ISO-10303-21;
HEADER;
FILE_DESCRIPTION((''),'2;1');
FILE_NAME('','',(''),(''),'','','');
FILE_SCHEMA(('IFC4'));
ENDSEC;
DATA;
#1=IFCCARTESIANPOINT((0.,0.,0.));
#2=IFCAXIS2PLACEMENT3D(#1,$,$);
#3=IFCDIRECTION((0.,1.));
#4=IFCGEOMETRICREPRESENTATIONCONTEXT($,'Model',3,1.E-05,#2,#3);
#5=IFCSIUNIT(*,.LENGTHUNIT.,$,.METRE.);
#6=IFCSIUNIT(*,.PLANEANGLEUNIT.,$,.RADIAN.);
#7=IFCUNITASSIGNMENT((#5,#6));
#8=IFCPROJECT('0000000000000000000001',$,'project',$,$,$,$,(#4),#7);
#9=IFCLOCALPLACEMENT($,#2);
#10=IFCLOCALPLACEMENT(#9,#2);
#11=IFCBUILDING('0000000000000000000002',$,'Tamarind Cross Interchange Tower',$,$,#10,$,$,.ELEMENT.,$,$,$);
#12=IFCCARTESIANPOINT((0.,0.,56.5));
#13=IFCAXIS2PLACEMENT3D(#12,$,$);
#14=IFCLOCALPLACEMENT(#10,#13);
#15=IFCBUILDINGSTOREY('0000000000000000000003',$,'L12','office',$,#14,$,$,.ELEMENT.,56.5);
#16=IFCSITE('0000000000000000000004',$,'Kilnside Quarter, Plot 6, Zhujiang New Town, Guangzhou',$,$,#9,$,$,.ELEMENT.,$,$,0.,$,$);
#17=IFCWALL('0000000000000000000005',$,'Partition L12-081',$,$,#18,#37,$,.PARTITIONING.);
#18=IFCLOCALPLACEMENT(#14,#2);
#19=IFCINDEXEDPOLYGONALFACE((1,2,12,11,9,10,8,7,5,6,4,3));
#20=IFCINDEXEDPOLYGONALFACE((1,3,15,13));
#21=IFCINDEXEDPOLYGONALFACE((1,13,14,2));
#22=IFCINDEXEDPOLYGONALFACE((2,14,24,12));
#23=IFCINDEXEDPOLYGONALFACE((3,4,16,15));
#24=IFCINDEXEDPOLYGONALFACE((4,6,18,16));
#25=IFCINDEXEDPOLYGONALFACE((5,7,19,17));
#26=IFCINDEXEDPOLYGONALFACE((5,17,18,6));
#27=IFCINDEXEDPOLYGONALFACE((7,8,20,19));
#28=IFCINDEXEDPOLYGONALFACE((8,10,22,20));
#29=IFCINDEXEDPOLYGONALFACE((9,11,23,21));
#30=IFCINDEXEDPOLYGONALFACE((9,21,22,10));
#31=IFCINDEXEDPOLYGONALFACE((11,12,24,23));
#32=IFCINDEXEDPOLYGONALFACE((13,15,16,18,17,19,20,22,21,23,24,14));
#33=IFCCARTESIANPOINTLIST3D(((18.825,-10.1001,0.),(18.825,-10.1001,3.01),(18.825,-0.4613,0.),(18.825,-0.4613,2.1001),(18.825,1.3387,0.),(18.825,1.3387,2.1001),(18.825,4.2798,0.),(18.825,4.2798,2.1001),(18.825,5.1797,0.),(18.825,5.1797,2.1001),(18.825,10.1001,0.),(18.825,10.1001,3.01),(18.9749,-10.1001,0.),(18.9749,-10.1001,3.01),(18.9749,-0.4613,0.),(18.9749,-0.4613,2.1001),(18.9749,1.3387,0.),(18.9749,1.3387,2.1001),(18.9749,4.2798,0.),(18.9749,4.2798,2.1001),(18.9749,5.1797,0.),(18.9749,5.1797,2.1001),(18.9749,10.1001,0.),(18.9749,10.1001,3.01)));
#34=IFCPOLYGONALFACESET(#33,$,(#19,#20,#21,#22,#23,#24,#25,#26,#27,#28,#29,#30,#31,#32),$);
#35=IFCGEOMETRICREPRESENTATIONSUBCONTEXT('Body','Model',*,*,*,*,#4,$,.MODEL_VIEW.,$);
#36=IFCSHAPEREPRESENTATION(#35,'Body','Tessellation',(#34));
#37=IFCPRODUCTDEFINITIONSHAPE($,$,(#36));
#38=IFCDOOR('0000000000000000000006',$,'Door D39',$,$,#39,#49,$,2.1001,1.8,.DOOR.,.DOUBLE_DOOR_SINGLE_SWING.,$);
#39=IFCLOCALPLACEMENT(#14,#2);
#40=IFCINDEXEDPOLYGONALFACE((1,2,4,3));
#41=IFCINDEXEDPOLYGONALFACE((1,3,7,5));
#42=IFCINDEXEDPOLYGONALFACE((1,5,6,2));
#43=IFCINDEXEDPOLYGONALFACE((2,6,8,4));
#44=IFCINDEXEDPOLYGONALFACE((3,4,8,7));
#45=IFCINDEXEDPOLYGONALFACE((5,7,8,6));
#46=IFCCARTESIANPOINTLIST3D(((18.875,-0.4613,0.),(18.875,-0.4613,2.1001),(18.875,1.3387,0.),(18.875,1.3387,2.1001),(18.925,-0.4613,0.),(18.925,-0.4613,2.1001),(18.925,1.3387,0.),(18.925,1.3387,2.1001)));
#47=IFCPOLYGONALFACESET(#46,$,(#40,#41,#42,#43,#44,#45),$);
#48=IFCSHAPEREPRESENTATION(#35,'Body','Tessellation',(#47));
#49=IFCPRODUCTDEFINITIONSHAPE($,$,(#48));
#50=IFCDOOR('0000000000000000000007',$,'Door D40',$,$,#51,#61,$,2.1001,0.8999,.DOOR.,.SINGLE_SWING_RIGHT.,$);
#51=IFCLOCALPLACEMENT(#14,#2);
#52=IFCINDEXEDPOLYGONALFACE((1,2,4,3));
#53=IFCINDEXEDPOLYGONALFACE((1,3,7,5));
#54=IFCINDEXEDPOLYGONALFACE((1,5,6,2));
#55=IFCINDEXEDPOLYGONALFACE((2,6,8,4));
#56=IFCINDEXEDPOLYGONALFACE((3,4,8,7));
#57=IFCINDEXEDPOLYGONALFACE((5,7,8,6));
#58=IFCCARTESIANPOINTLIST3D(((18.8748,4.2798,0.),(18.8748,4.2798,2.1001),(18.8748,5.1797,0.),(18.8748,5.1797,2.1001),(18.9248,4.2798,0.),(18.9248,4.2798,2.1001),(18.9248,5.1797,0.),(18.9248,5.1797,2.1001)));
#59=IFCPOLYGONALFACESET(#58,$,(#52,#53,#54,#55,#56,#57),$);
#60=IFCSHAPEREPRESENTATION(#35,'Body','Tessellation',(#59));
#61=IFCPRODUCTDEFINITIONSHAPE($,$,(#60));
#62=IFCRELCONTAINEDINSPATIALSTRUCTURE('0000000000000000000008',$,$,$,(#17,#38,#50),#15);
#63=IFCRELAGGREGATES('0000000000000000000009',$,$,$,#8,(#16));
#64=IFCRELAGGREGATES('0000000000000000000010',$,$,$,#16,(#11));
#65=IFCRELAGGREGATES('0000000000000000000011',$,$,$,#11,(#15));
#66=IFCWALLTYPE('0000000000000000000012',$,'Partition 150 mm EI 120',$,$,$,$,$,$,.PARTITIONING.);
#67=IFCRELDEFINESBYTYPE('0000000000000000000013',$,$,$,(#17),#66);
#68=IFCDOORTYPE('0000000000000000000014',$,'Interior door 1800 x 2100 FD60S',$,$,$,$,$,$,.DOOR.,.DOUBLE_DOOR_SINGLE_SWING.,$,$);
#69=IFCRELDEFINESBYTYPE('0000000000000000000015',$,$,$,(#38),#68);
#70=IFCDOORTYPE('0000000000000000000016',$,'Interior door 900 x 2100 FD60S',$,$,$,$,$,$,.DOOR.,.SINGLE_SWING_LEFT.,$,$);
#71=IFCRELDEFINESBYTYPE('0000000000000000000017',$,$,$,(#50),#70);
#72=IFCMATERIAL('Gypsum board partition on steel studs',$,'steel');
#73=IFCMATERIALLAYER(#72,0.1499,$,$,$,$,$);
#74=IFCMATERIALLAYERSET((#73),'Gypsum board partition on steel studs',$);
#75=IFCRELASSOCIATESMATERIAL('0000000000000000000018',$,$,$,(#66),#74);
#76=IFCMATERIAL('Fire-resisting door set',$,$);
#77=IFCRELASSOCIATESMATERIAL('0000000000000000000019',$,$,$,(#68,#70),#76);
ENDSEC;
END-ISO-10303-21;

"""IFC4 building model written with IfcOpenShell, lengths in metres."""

from ifc_helpers import new_model, si_unit, direction, frame, frame_2d, origin, place, context, subcontext, project, spatial, rectangle, extrude, material, layer, layer_set, type_object, element, fill, save


model = new_model("IFC4")

# Units and contexts
model_context = context("Model", 3, precision=1e-05, world=origin(), true_north=direction((0.0, 1.0)))
body_context = subcontext(model_context, "Body", "Model", "MODEL_VIEW")
ifc_project = project(units=[si_unit("LENGTHUNIT", "METRE"), si_unit("PLANEANGLEUNIT", "RADIAN")], contexts=[model_context])

# Site, building, storey
site_placement = place(None, origin())
site = spatial("IfcSite", under=ifc_project, at=site_placement, Name="Kilnside Quarter, Plot 6, Zhujiang New Town, Guangzhou", CompositionType="ELEMENT", RefElevation=0.0)
building_placement = place(site_placement, origin())
building = spatial("IfcBuilding", under=site, at=building_placement, Name="Tamarind Cross Interchange Tower", CompositionType="ELEMENT")
storey_placement = place(building_placement, frame((0.0, 0.0, 56.5)))
storey = spatial("IfcBuildingStorey", under=building, at=storey_placement, Name="L12", Description="office", CompositionType="ELEMENT", Elevation=56.5)

# Shared definitions
ifc_material_1 = material(Name="Gypsum board partition on steel studs", Category="steel")
ifc_layer_1 = layer(ifc_material_1, 0.1499)
ifc_layer_set_1 = layer_set([ifc_layer_1], Name="Gypsum board partition on steel studs")
wall_type_1 = type_object("IfcWallType", Name="Partition 150 mm EI 120", PredefinedType="PARTITIONING", material=ifc_layer_set_1)

# Wall, openings, doors
wall_1_placement = place(storey_placement, frame((18.8999, -10.1001, 0.0), z_axis=(0.0, 0.0, 1.0), x_axis=(0.0, 1.0, 0.0)))
wall_1 = element("IfcWall", 1, at=wall_1_placement, inside=storey, type_object=wall_type_1, Name="Partition L12-081", PredefinedType="PARTITIONING", context=body_context, shape_type="SweptSolid", body=[
    extrude(rectangle(XDim=20.2002, YDim=0.1499, at=frame_2d((10.1001, 0.0))), origin(), (0.0, 0.0, 1.0), 3.01),
])
opening_1_placement = place(wall_1_placement, frame((9.6389, 0.0, 0.0)))
opening_1 = element("IfcOpeningElement", 2, at=opening_1_placement, cuts=wall_1, PredefinedType="OPENING", context=body_context, shape_type="SweptSolid", body=[
    extrude(rectangle(XDim=1.8, YDim=2.1001, at=frame_2d((0.8999, 1.05))), frame((0.0, 0.085, 0.0), z_axis=(0.0, -1.0, 0.0), x_axis=(1.0, 0.0, 0.0)), (0.0, 0.0, 1.0), 0.1699),
])
opening_2_placement = place(wall_1_placement, frame((14.3799, 0.0, 0.0)))
opening_2 = element("IfcOpeningElement", 3, at=opening_2_placement, cuts=wall_1, PredefinedType="OPENING", context=body_context, shape_type="SweptSolid", body=[
    extrude(rectangle(XDim=0.8999, YDim=2.1001, at=frame_2d((0.45, 1.05))), frame((0.0, 0.085, 0.0), z_axis=(0.0, -1.0, 0.0), x_axis=(1.0, 0.0, 0.0)), (0.0, 0.0, 1.0), 0.1699),
])
ifc_material_2 = material(Name="Fire-resisting door set")
door_type_1 = type_object("IfcDoorType", Name="Interior door 1800 x 2100 FD60S", OperationType="DOUBLE_DOOR_SINGLE_SWING", PredefinedType="DOOR", material=ifc_material_2)
door_1_placement = place(opening_1_placement, origin())
door_1 = element("IfcDoor", 4, at=door_1_placement, inside=storey, type_object=door_type_1, Name="Door D39", OperationType="DOUBLE_DOOR_SINGLE_SWING", OverallHeight=2.1001, OverallWidth=1.8, PredefinedType="DOOR", context=body_context, shape_type="SweptSolid", body=[
    extrude(rectangle(XDim=1.8, YDim=2.1001, at=frame_2d((0.8999, 1.05))), frame((0.0, 0.0249, 0.0), z_axis=(0.0, -1.0, 0.0), x_axis=(1.0, 0.0, 0.0)), (0.0, 0.0, 1.0), 0.05),
])
fill(opening_1, door_1)
door_type_2 = type_object("IfcDoorType", Name="Interior door 900 x 2100 FD60S", OperationType="SINGLE_SWING_LEFT", PredefinedType="DOOR", material=ifc_material_2)
door_2_placement = place(opening_2_placement, frame((0.8999, 0.0, 0.0), z_axis=(0.0, 0.0, 1.0), x_axis=(-1.0, 0.0, 0.0)))
door_2 = element("IfcDoor", 5, at=door_2_placement, inside=storey, type_object=door_type_2, Name="Door D40", OperationType="SINGLE_SWING_RIGHT", OverallHeight=2.1001, OverallWidth=0.8999, PredefinedType="DOOR", context=body_context, shape_type="SweptSolid", body=[
    extrude(rectangle(XDim=0.8999, YDim=2.1001, at=frame_2d((0.45, 1.05))), frame((0.0, 0.0249, 0.0), z_axis=(0.0, -1.0, 0.0), x_axis=(1.0, 0.0, 0.0)), (0.0, 0.0, 1.0), 0.05),
])
fill(opening_2, door_2)

save(model, "model.ifc")
